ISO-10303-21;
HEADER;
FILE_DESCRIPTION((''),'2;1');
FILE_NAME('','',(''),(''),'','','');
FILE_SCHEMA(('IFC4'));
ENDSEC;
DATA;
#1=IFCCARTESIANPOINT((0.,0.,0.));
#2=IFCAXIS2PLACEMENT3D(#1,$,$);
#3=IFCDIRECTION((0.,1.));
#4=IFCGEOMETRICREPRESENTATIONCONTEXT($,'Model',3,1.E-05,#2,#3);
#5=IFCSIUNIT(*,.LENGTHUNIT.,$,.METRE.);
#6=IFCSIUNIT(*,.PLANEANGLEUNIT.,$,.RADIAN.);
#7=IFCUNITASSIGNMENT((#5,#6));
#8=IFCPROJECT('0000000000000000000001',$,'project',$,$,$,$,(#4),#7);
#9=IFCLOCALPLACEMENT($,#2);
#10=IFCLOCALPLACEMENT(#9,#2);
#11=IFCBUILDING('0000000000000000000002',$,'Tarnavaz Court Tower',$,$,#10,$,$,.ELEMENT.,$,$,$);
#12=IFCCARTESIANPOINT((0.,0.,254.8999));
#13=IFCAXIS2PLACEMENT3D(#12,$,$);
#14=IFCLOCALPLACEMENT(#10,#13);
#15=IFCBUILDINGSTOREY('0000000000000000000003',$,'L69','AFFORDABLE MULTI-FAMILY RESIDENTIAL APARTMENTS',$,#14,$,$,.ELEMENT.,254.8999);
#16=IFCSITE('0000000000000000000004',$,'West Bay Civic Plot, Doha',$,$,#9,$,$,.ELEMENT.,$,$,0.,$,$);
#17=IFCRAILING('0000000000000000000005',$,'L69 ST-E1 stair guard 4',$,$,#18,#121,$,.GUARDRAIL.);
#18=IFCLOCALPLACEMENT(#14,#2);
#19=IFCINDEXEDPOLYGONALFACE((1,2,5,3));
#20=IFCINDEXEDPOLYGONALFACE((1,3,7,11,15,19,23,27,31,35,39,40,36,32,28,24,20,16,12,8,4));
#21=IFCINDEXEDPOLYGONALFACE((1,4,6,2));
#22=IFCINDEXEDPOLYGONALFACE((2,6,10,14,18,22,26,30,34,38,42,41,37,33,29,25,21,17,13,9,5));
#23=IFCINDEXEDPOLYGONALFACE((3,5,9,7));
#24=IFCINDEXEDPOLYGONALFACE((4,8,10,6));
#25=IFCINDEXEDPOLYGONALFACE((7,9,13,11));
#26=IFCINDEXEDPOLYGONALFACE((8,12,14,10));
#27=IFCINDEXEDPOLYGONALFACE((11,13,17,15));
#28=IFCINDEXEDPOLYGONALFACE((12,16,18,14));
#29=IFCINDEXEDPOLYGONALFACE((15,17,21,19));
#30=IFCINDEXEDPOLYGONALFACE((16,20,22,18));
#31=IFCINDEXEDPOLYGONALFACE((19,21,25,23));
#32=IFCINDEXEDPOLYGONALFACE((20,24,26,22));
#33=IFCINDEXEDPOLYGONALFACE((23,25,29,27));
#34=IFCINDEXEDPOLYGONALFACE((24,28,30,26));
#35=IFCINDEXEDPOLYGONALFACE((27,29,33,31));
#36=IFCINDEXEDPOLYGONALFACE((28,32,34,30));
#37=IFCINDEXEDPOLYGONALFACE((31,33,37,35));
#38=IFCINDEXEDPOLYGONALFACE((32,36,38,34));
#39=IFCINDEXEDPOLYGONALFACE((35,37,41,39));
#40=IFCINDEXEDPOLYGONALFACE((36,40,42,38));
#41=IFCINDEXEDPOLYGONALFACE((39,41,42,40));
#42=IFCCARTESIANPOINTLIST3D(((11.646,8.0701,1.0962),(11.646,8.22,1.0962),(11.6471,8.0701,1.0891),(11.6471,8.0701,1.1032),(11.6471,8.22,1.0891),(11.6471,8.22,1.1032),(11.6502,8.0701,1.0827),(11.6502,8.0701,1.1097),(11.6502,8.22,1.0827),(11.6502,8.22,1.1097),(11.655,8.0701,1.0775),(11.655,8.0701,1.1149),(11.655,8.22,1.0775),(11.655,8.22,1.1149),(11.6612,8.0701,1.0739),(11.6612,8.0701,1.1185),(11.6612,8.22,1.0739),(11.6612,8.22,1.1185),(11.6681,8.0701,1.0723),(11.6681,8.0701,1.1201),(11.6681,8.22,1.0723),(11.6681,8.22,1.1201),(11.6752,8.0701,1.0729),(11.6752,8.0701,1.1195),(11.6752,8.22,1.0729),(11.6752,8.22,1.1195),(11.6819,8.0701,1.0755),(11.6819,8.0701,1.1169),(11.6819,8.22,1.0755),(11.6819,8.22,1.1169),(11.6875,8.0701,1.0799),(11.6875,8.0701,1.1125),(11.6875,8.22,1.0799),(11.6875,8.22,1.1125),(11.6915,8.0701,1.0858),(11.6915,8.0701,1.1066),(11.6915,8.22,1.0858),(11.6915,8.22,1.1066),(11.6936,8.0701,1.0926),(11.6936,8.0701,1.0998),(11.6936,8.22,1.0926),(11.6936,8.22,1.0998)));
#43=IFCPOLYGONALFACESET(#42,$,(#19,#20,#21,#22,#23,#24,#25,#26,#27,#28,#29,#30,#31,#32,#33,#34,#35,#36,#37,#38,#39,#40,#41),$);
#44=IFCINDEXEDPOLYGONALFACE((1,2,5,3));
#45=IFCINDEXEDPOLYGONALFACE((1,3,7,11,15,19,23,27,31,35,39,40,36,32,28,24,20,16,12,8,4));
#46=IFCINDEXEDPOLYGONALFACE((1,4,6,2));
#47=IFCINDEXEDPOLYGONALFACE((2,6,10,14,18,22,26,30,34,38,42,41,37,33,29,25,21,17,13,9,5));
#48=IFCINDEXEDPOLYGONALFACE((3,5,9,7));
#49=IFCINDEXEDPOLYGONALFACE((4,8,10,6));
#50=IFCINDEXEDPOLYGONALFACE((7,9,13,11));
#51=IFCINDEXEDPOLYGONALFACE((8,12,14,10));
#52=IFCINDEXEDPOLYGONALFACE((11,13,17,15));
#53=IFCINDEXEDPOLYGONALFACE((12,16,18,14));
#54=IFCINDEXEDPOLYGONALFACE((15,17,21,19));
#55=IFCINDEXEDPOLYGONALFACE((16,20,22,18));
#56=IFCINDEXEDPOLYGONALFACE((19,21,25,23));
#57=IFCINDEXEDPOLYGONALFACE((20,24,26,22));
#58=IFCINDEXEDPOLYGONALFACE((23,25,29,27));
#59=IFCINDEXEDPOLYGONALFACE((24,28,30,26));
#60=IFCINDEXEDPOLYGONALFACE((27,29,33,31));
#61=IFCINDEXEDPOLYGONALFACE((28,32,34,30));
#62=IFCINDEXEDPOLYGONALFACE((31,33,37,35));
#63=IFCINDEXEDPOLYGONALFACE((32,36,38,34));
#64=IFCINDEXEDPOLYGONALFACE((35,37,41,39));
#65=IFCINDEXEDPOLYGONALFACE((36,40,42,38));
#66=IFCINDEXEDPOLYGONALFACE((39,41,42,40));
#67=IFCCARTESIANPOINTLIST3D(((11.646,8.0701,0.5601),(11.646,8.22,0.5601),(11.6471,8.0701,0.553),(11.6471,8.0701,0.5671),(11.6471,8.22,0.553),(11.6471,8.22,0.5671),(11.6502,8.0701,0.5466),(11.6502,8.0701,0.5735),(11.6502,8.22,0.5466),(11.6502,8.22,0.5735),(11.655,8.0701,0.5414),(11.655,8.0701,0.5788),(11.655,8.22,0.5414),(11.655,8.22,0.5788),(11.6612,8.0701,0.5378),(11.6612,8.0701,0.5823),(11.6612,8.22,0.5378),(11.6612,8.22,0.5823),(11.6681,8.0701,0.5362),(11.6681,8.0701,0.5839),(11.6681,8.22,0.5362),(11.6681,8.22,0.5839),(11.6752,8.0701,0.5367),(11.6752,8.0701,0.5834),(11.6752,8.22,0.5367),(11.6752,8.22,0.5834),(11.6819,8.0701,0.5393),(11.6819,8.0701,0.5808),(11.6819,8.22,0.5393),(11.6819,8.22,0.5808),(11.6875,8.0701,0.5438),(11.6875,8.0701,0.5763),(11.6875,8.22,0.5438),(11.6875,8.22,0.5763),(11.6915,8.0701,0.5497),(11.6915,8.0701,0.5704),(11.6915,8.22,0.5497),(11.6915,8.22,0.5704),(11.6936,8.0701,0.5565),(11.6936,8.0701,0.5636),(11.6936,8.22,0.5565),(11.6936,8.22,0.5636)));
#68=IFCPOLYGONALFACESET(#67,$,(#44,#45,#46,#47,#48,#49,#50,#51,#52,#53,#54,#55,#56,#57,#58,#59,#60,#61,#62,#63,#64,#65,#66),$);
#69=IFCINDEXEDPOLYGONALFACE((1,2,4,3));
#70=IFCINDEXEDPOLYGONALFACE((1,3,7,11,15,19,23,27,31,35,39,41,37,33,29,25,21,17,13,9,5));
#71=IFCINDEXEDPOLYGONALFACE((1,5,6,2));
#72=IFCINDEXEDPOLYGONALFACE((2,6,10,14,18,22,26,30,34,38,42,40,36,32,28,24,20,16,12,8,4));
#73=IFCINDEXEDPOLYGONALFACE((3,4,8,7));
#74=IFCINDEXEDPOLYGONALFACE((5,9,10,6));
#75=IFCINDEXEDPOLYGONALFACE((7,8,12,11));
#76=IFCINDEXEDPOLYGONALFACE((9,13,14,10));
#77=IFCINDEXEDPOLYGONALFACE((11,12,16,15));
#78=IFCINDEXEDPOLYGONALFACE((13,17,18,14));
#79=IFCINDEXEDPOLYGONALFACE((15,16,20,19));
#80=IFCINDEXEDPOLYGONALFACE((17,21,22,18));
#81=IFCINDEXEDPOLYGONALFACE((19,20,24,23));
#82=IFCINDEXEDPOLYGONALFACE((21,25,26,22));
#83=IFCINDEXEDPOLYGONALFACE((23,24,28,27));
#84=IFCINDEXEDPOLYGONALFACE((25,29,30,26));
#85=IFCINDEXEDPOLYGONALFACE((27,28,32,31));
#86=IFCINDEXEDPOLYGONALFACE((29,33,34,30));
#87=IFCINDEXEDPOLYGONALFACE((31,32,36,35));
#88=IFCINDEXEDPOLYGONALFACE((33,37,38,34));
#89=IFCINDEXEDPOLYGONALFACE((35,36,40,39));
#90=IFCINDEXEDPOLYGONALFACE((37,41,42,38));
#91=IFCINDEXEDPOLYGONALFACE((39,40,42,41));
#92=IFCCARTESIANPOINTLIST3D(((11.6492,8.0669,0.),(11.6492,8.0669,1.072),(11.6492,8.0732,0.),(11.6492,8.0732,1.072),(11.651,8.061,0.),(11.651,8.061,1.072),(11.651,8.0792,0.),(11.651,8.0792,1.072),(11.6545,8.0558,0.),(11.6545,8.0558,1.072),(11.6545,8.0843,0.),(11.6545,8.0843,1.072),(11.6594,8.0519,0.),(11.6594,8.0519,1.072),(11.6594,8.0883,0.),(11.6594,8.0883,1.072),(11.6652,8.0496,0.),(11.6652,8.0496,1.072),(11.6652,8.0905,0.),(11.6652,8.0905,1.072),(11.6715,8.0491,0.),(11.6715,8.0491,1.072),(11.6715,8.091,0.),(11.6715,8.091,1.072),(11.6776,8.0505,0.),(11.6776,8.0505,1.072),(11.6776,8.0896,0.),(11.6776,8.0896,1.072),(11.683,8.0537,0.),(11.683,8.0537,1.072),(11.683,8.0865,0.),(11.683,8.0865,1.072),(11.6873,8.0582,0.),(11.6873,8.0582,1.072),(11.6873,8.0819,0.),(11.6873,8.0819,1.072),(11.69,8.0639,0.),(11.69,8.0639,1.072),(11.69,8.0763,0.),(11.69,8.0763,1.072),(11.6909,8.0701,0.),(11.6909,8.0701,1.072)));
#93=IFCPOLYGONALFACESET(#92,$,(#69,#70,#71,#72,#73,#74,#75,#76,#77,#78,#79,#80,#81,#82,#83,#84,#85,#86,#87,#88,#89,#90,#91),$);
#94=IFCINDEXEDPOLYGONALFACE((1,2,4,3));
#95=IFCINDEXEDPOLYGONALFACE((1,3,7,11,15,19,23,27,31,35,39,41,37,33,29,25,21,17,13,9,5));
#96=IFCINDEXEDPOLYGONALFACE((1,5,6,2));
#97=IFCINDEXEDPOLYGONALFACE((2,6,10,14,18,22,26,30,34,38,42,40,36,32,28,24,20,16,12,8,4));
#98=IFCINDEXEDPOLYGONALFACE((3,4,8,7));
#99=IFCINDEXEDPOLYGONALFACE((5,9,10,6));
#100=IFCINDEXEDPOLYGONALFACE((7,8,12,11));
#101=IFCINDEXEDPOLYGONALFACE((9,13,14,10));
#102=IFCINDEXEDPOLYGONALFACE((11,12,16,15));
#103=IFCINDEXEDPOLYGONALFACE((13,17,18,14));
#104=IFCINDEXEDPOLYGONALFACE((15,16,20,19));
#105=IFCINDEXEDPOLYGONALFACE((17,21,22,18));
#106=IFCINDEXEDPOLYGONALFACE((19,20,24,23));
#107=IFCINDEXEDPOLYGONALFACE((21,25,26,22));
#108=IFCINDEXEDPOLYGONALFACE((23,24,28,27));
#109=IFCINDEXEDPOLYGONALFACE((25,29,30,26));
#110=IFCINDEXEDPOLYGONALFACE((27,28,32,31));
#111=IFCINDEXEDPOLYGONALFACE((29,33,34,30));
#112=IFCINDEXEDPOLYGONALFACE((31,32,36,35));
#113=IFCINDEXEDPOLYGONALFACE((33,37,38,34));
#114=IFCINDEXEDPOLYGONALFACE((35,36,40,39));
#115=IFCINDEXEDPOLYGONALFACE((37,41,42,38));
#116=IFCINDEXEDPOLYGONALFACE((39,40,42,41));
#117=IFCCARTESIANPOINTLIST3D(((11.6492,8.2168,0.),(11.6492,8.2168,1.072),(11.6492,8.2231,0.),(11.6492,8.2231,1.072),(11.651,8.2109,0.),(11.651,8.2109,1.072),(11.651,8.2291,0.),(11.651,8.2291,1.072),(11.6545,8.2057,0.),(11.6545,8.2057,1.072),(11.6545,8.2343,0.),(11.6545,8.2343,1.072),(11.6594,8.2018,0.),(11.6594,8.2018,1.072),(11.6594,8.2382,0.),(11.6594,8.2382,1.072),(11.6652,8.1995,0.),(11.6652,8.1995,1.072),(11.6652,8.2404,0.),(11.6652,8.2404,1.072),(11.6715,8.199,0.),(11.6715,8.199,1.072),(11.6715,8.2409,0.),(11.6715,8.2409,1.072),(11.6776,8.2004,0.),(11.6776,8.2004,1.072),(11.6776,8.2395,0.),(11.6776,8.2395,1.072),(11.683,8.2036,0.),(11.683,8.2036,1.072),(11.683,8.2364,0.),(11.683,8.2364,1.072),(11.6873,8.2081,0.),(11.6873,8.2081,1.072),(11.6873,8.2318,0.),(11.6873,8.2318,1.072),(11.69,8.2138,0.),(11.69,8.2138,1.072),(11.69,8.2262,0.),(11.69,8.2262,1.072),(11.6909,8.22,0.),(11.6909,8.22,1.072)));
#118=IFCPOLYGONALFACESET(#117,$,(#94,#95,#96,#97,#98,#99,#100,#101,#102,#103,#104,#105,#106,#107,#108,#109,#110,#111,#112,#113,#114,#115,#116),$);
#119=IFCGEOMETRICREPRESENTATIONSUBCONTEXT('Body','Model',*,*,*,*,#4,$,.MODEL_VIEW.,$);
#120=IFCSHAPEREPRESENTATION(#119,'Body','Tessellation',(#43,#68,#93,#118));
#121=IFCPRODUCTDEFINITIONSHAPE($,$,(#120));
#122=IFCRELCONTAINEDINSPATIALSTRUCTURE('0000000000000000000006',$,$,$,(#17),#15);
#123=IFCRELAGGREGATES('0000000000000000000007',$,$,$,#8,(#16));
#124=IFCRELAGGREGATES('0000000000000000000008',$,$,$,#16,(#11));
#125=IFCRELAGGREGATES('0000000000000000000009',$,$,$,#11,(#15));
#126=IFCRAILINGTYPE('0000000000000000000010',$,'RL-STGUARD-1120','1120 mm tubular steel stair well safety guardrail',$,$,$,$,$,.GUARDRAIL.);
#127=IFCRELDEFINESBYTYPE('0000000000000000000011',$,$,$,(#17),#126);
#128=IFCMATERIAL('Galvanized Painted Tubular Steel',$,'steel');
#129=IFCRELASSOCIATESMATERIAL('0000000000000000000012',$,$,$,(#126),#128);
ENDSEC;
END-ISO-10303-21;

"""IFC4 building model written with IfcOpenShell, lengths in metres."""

from ifc_helpers import new_model, si_unit, direction, frame, origin, origin_2d, place, context, subcontext, project, spatial, circle, extrude, material, type_object, element, save


model = new_model("IFC4")

# Units and contexts
model_context = context("Model", 3, precision=1e-05, world=origin(), true_north=direction((0.0, 1.0)))
body_context = subcontext(model_context, "Body", "Model", "MODEL_VIEW")
ifc_project = project(units=[si_unit("LENGTHUNIT", "METRE"), si_unit("PLANEANGLEUNIT", "RADIAN")], contexts=[model_context])

# Site, building, storey
site_placement = place(None, origin())
site = spatial("IfcSite", under=ifc_project, at=site_placement, Name="West Bay Civic Plot, Doha", CompositionType="ELEMENT", RefElevation=0.0)
building_placement = place(site_placement, origin())
building = spatial("IfcBuilding", under=site, at=building_placement, Name="Tarnavaz Court Tower", CompositionType="ELEMENT")
storey_placement = place(building_placement, frame((0.0, 0.0, 254.8999)))
storey = spatial("IfcBuildingStorey", under=building, at=storey_placement, Name="L69", Description="AFFORDABLE MULTI-FAMILY RESIDENTIAL APARTMENTS", CompositionType="ELEMENT", Elevation=254.8999)

# Railing
ifc_material_1 = material(Name="Galvanized Painted Tubular Steel", Category="steel")
railing_type_1 = type_object("IfcRailingType", Name="RL-STGUARD-1120", Description="1120 mm tubular steel stair well safety guardrail", PredefinedType="GUARDRAIL", material=ifc_material_1)
railing_1_placement = place(storey_placement, frame((11.6699, 8.0701, 0.0)))
element("IfcRailing", 1, at=railing_1_placement, inside=storey, type_object=railing_type_1, Name="L69 ST-E1 stair guard 4", PredefinedType="GUARDRAIL", context=body_context, shape_type="SweptSolid", body=[
    extrude(circle(Radius=0.0239, at=origin_2d()), frame((0.0, 0.0, 1.0962), z_axis=(0.0, 1.0, 0.0), x_axis=(-1.0, 0.0, 0.0)), (0.0, 0.0, 1.0), 0.1499),
    extrude(circle(Radius=0.0239, at=origin_2d()), frame((0.0, 0.0, 0.5601), z_axis=(0.0, 1.0, 0.0), x_axis=(-1.0, 0.0, 0.0)), (0.0, 0.0, 1.0), 0.1499),
    extrude(circle(Radius=0.021, at=origin_2d()), origin(), (0.0, 0.0, 1.0), 1.072),
    extrude(circle(Radius=0.021, at=origin_2d()), frame((0.0, 0.1499, 0.0)), (0.0, 0.0, 1.0), 1.072),
])

save(model, "model.ifc")
